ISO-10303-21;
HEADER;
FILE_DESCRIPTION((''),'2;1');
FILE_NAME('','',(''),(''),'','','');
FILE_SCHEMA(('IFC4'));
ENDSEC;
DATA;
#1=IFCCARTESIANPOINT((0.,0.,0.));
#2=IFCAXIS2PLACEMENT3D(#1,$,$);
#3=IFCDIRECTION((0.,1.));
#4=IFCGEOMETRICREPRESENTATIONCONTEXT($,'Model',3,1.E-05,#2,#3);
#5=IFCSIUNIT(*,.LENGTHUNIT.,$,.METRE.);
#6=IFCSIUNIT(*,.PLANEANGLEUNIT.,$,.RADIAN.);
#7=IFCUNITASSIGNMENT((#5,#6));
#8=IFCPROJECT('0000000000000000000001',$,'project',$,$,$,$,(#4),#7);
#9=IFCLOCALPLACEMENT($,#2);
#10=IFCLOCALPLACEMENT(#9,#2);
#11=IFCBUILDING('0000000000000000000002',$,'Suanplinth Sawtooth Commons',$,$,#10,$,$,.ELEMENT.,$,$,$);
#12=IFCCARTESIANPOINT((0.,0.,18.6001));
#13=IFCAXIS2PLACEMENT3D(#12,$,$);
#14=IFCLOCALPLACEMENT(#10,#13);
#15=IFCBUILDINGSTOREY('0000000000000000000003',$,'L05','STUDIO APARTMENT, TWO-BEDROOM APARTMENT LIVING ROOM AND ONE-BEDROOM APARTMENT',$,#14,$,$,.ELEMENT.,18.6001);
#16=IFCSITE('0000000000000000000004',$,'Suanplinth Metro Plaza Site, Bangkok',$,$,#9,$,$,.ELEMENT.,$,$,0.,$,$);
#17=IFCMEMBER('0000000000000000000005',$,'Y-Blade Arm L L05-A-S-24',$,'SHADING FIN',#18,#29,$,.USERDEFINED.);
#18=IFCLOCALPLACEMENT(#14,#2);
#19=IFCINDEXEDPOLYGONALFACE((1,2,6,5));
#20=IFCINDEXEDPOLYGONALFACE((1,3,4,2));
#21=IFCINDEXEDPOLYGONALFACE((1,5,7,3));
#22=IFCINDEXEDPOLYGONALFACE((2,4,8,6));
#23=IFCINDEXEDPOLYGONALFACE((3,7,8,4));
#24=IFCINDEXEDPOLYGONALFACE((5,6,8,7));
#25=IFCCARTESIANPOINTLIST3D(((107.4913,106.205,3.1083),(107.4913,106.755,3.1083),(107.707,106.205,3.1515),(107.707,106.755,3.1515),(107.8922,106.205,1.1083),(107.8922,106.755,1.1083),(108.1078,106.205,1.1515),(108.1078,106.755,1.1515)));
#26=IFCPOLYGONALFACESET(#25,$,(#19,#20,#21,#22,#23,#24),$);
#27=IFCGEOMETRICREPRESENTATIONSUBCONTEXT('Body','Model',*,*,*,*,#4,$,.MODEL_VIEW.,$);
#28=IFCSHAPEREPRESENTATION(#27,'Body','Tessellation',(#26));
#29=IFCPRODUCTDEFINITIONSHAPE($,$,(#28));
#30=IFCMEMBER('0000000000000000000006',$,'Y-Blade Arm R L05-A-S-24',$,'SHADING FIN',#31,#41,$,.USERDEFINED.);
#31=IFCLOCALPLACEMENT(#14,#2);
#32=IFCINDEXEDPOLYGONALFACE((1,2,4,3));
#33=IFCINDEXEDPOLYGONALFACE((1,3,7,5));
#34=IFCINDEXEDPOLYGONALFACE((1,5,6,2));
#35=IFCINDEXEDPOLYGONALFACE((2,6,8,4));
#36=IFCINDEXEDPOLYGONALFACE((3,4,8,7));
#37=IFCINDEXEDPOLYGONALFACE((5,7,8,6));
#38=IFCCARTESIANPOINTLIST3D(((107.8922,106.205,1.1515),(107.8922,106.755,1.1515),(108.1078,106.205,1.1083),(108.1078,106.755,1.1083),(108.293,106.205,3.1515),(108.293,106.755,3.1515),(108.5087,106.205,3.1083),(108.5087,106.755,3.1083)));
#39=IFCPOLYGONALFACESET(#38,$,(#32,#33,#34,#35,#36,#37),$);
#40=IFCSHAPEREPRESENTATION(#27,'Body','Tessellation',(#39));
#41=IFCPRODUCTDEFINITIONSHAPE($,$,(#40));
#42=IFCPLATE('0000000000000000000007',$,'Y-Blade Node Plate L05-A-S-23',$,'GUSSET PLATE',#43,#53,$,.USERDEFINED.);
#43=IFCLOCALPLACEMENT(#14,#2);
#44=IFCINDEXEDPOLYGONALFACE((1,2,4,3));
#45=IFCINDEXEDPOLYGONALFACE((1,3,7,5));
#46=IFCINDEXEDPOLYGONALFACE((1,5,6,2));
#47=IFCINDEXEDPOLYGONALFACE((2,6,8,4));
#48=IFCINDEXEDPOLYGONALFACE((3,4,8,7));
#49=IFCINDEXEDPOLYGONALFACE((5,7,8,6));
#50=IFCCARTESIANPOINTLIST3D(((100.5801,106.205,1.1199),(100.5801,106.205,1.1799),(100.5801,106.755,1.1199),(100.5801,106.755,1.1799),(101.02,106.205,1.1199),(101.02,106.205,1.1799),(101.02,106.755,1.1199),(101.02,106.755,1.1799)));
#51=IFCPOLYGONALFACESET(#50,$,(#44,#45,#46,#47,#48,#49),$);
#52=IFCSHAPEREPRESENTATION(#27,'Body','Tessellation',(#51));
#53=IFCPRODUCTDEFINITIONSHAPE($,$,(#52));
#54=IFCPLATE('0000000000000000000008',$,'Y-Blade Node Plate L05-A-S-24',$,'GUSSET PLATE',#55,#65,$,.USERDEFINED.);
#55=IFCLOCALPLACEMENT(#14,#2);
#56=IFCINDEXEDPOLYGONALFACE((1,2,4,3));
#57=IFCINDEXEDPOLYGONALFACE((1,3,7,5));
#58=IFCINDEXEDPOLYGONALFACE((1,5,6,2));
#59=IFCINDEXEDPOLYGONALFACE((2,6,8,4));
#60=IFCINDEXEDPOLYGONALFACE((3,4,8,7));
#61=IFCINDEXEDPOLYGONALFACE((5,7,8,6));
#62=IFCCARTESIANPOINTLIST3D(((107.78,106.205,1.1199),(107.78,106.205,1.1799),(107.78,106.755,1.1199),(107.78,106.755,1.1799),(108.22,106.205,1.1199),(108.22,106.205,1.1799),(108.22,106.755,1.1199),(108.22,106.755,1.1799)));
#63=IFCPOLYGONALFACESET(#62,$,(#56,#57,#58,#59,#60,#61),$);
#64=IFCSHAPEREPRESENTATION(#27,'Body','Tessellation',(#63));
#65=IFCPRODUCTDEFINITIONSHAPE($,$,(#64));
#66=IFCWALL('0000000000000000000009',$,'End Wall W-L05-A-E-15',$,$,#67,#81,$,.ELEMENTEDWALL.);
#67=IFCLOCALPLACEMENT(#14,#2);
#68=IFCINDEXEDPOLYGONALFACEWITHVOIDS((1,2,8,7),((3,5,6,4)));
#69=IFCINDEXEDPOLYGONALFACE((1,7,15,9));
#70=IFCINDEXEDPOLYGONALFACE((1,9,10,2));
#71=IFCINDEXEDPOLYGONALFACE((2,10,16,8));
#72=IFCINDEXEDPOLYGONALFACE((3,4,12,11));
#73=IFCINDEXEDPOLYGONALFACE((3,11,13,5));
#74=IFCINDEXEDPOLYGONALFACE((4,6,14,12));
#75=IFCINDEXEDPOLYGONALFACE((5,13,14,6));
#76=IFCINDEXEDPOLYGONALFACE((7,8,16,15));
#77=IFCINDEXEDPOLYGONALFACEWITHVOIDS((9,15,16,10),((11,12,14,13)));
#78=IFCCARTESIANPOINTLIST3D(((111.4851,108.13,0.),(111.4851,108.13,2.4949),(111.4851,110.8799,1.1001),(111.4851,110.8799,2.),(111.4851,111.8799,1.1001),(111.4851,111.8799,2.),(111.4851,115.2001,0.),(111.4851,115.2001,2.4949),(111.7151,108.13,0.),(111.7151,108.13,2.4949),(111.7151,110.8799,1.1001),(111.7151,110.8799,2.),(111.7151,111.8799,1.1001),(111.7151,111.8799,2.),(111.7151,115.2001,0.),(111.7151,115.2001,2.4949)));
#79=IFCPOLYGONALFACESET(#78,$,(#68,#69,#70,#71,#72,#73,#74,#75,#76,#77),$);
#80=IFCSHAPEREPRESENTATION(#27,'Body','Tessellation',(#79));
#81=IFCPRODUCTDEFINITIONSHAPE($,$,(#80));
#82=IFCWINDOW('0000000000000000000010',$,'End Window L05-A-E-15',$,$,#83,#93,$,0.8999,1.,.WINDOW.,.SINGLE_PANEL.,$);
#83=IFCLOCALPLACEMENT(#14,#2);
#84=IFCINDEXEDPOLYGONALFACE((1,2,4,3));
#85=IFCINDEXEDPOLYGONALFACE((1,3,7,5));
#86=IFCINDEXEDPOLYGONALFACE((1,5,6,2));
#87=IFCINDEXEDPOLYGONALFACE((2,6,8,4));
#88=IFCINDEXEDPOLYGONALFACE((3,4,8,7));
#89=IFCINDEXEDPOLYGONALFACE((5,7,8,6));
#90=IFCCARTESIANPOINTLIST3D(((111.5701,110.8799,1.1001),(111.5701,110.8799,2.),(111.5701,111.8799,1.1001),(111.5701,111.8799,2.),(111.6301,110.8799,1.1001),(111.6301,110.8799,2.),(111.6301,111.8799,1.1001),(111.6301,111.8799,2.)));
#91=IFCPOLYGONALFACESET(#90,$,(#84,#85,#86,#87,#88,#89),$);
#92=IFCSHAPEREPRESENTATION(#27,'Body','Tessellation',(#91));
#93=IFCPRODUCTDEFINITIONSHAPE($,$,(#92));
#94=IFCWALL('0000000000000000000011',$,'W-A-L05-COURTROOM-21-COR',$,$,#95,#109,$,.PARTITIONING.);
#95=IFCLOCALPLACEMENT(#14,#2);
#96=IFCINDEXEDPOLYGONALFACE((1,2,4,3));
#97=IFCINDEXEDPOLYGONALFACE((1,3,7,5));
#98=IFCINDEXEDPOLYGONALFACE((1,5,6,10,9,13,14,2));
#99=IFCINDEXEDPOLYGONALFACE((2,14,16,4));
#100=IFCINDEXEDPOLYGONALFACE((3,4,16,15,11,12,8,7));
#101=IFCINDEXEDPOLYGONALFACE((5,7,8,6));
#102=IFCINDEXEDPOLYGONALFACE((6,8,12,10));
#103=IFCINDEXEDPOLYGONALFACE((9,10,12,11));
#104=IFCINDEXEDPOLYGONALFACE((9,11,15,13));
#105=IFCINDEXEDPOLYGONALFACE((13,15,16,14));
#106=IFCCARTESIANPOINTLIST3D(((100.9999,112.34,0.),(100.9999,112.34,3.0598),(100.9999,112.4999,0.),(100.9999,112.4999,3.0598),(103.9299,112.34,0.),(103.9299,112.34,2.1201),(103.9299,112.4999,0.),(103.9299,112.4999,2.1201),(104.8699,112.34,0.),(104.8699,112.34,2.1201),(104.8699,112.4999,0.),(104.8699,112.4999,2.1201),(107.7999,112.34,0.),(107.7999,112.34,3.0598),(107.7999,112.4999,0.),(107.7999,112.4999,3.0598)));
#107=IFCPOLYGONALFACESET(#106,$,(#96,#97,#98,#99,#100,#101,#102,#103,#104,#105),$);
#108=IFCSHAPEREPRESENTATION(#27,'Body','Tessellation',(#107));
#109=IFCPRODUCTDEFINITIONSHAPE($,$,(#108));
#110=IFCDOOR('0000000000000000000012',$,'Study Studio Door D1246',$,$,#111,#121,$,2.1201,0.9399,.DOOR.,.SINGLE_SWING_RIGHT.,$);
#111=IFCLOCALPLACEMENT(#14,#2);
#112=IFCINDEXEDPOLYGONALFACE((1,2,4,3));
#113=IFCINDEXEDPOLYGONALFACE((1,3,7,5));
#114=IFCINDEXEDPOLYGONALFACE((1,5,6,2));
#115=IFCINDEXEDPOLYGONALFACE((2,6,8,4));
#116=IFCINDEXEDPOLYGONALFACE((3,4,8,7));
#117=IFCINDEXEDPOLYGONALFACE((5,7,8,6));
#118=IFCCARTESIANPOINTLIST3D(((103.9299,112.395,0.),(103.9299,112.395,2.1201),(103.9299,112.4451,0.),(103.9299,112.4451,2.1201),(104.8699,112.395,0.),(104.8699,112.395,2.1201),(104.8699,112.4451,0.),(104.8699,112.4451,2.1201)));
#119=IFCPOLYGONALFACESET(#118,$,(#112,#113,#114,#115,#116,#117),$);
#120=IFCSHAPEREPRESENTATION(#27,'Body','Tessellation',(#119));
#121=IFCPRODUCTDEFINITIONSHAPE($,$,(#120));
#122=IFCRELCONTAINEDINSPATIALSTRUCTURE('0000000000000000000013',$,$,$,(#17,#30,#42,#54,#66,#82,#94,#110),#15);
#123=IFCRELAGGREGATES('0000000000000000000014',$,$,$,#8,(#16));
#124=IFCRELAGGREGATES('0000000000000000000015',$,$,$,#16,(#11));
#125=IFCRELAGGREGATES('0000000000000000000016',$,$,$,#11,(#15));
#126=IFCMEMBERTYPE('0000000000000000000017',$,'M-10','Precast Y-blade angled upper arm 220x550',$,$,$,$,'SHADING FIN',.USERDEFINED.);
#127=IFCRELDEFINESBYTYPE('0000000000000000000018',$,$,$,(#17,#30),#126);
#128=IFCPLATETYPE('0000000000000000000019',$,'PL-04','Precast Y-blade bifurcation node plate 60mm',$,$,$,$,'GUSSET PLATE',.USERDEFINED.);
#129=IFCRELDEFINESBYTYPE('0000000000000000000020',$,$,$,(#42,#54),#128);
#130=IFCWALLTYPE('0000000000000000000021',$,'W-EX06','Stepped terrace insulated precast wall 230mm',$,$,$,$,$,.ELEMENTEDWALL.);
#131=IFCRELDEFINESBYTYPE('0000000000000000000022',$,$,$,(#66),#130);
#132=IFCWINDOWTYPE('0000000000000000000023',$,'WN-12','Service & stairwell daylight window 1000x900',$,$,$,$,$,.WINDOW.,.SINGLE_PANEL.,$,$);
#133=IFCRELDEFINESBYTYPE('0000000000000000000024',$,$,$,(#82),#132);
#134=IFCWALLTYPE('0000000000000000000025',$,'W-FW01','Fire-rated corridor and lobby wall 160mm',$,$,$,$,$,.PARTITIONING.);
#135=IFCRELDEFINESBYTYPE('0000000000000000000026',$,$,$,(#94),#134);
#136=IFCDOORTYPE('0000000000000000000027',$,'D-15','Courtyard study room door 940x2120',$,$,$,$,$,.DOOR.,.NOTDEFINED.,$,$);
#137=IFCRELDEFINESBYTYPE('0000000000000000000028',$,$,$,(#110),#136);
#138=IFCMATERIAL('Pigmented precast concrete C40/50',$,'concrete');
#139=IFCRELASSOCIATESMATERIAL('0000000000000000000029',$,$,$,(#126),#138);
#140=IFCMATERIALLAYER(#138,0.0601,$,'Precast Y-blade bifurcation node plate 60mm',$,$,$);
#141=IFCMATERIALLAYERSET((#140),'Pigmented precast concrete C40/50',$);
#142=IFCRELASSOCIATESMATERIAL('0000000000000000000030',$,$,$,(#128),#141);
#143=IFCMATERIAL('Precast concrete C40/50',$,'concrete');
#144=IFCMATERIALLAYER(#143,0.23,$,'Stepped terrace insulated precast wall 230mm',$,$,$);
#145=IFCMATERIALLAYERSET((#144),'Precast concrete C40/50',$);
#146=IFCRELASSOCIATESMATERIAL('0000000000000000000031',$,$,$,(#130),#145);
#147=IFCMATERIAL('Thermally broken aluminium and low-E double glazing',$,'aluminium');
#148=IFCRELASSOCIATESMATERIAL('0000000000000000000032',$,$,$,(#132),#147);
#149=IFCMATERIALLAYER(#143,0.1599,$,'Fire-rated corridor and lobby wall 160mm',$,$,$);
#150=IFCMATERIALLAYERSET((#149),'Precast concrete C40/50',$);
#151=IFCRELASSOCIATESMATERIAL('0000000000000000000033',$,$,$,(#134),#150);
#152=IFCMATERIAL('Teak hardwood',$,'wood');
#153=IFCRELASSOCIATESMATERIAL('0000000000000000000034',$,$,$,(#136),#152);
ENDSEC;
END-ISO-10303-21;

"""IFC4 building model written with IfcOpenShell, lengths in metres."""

from ifc_helpers import new_model, si_unit, direction, frame, frame_2d, origin, origin_2d, place, context, subcontext, project, spatial, rectangle, extrude, material, layer, layer_set, material_profile, profile_set, type_object, element, fill, save


model = new_model("IFC4")

# Units and contexts
model_context = context("Model", 3, precision=1e-05, world=origin(), true_north=direction((0.0, 1.0)))
body_context = subcontext(model_context, "Body", "Model", "MODEL_VIEW")
ifc_project = project(units=[si_unit("LENGTHUNIT", "METRE"), si_unit("PLANEANGLEUNIT", "RADIAN")], contexts=[model_context])

# Site, building, storey
site_placement = place(None, origin())
site = spatial("IfcSite", under=ifc_project, at=site_placement, Name="Suanplinth Metro Plaza Site, Bangkok", CompositionType="ELEMENT", RefElevation=0.0)
building_placement = place(site_placement, origin())
building = spatial("IfcBuilding", under=site, at=building_placement, Name="Suanplinth Sawtooth Commons", CompositionType="ELEMENT")
storey_placement = place(building_placement, frame((0.0, 0.0, 18.6001)))
storey = spatial("IfcBuildingStorey", under=building, at=storey_placement, Name="L05", Description="STUDIO APARTMENT, TWO-BEDROOM APARTMENT LIVING ROOM AND ONE-BEDROOM APARTMENT", CompositionType="ELEMENT", Elevation=18.6001)

# Shared definitions
ifc_material_1 = material(Name="Precast concrete C40/50", Category="concrete")

# Members
ifc_material_2 = material(Name="Pigmented precast concrete C40/50", Category="concrete")
ifc_material_profile_1 = material_profile(ifc_material_2, rectangle(XDim=0.22, YDim=0.55, at=origin_2d()), Name="PC-FIN 220x550")
ifc_profile_set_1 = profile_set([ifc_material_profile_1], Name="Pigmented precast concrete C40/50")
member_type_1 = type_object("IfcMemberType", Name="M-10", Description="Precast Y-blade angled upper arm 220x550", ElementType="SHADING FIN", PredefinedType="USERDEFINED", material=ifc_profile_set_1)
for number, where, z_axis, x_axis, name in (
    (1, (108.0, 106.48, 1.1299), (-0.19653, 0.0, 0.980498), (0.980498, 0.0, 0.19653), "Y-Blade Arm L L05-A-S-24"),
    (2, (108.0, 106.48, 1.1299), (0.19653, 0.0, 0.980498), (-0.980498, 0.0, 0.19653), "Y-Blade Arm R L05-A-S-24"),
):
    element("IfcMember", number, at=place(storey_placement, frame(where, z_axis=z_axis, x_axis=x_axis)), inside=storey, type_object=member_type_1, Name=name, ObjectType="SHADING FIN", PredefinedType="USERDEFINED", context=body_context, shape_type="SweptSolid", body=[
        extrude(rectangle(XDim=0.22, YDim=0.55, at=origin_2d()), origin(), (0.0, 0.0, 1.0), 2.0398),
    ])

# Plates
ifc_layer_1 = layer(ifc_material_2, 0.0601, Name="Precast Y-blade bifurcation node plate 60mm")
ifc_layer_set_1 = layer_set([ifc_layer_1], Name="Pigmented precast concrete C40/50")
plate_type = type_object("IfcPlateType", Name="PL-04", Description="Precast Y-blade bifurcation node plate 60mm", ElementType="GUSSET PLATE", PredefinedType="USERDEFINED", material=ifc_layer_set_1)
for number, where, z_axis, x_axis, name in (
    (3, (100.8, 106.48, 1.1199), (0.0, 0.0, 1.0), (1.0, 0.0, 0.0), "Y-Blade Node Plate L05-A-S-23"),
    (4, (108.0, 106.48, 1.1199), (0.0, 0.0, 1.0), (1.0, 0.0, 0.0), "Y-Blade Node Plate L05-A-S-24"),
):
    element("IfcPlate", number, at=place(storey_placement, frame(where, z_axis=z_axis, x_axis=x_axis)), inside=storey, type_object=plate_type, Name=name, ObjectType="GUSSET PLATE", PredefinedType="USERDEFINED", context=body_context, shape_type="SweptSolid", body=[
        extrude(rectangle(XDim=0.4399, YDim=0.55, at=origin_2d()), origin(), (0.0, 0.0, 1.0), 0.0601),
    ])

# Wall, opening, window
ifc_layer_2 = layer(ifc_material_1, 0.23, Name="Stepped terrace insulated precast wall 230mm")
ifc_layer_set_2 = layer_set([ifc_layer_2], Name="Precast concrete C40/50")
wall_type_1 = type_object("IfcWallType", Name="W-EX06", Description="Stepped terrace insulated precast wall 230mm", PredefinedType="ELEMENTEDWALL", material=ifc_layer_set_2)
wall_1_placement = place(storey_placement, frame((111.6001, 108.1299, 0.0), z_axis=(0.0, 0.0, 1.0), x_axis=(0.0, 1.0, 0.0)))
wall_1 = element("IfcWall", 5, at=wall_1_placement, inside=storey, type_object=wall_type_1, Name="End Wall W-L05-A-E-15", PredefinedType="ELEMENTEDWALL", context=body_context, shape_type="SweptSolid", body=[
    extrude(rectangle(XDim=7.0701, YDim=0.23, at=frame_2d((3.5352, 0.0))), origin(), (0.0, 0.0, 1.0), 2.4949),
])
opening_1_placement = place(wall_1_placement, frame((2.75, 0.0, 1.1001)))
opening_1 = element("IfcOpeningElement", 6, at=opening_1_placement, cuts=wall_1, PredefinedType="OPENING", context=body_context, shape_type="SweptSolid", body=[
    extrude(rectangle(XDim=1.0, YDim=0.8999, at=frame_2d((0.5, 0.45))), frame((0.0, 0.1299, 0.0), z_axis=(0.0, -1.0, 0.0), x_axis=(1.0, 0.0, 0.0)), (0.0, 0.0, 1.0), 0.2598),
])
ifc_material_3 = material(Name="Thermally broken aluminium and low-E double glazing", Category="aluminium")
window_type = type_object("IfcWindowType", Name="WN-12", Description="Service & stairwell daylight window 1000x900", PartitioningType="SINGLE_PANEL", PredefinedType="WINDOW", material=ifc_material_3)
window_placement = place(opening_1_placement, origin())
window = element("IfcWindow", 7, at=window_placement, inside=storey, type_object=window_type, Name="End Window L05-A-E-15", OverallHeight=0.8999, OverallWidth=1.0, PartitioningType="SINGLE_PANEL", PredefinedType="WINDOW", context=body_context, shape_type="SweptSolid", body=[
    extrude(rectangle(XDim=1.0, YDim=0.8999, at=frame_2d((0.5, 0.45))), frame((0.0, 0.03, 0.0), z_axis=(0.0, -1.0, 0.0), x_axis=(1.0, 0.0, 0.0)), (0.0, 0.0, 1.0), 0.0601),
])
fill(opening_1, window)

# Wall, opening, door
ifc_layer_3 = layer(ifc_material_1, 0.1599, Name="Fire-rated corridor and lobby wall 160mm")
ifc_layer_set_3 = layer_set([ifc_layer_3], Name="Precast concrete C40/50")
wall_type_2 = type_object("IfcWallType", Name="W-FW01", Description="Fire-rated corridor and lobby wall 160mm", PredefinedType="PARTITIONING", material=ifc_layer_set_3)
wall_2_placement = place(storey_placement, frame((101.0, 112.4199, 0.0), z_axis=(0.0, 0.0, 1.0), x_axis=(1.0, 0.0, 0.0)))
wall_2 = element("IfcWall", 8, at=wall_2_placement, inside=storey, type_object=wall_type_2, Name="W-A-L05-COURTROOM-21-COR", PredefinedType="PARTITIONING", context=body_context, shape_type="SweptSolid", body=[
    extrude(rectangle(XDim=6.8, YDim=0.1599, at=frame_2d((3.3999, 0.0))), origin(), (0.0, 0.0, 1.0), 3.0598),
])
opening_2_placement = place(wall_2_placement, frame((2.9299, 0.0, 0.0)))
opening_2 = element("IfcOpeningElement", 9, at=opening_2_placement, cuts=wall_2, PredefinedType="OPENING", context=body_context, shape_type="SweptSolid", body=[
    extrude(rectangle(XDim=0.9399, YDim=2.1201, at=frame_2d((0.47, 1.0601))), frame((0.0, 0.0947, 0.0), z_axis=(0.0, -1.0, 0.0), x_axis=(1.0, 0.0, 0.0)), (0.0, 0.0, 1.0), 0.1897),
])
ifc_material_4 = material(Name="Teak hardwood", Category="wood")
door_type_1 = type_object("IfcDoorType", Name="D-15", Description="Courtyard study room door 940x2120", OperationType="NOTDEFINED", PredefinedType="DOOR", material=ifc_material_4)
door_1_placement = place(opening_2_placement, frame((0.9399, 0.0, 0.0), z_axis=(0.0, 0.0, 1.0), x_axis=(-1.0, 0.0, 0.0)))
door_1 = element("IfcDoor", 10, at=door_1_placement, inside=storey, type_object=door_type_1, Name="Study Studio Door D1246", OperationType="SINGLE_SWING_RIGHT", OverallHeight=2.1201, OverallWidth=0.9399, PredefinedType="DOOR", context=body_context, shape_type="SweptSolid", body=[
    extrude(rectangle(XDim=0.9399, YDim=2.1201, at=frame_2d((0.47, 1.0601))), frame((0.0, 0.0249, 0.0), z_axis=(0.0, -1.0, 0.0), x_axis=(1.0, 0.0, 0.0)), (0.0, 0.0, 1.0), 0.05),
])
fill(opening_2, door_1)

save(model, "model.ifc")
